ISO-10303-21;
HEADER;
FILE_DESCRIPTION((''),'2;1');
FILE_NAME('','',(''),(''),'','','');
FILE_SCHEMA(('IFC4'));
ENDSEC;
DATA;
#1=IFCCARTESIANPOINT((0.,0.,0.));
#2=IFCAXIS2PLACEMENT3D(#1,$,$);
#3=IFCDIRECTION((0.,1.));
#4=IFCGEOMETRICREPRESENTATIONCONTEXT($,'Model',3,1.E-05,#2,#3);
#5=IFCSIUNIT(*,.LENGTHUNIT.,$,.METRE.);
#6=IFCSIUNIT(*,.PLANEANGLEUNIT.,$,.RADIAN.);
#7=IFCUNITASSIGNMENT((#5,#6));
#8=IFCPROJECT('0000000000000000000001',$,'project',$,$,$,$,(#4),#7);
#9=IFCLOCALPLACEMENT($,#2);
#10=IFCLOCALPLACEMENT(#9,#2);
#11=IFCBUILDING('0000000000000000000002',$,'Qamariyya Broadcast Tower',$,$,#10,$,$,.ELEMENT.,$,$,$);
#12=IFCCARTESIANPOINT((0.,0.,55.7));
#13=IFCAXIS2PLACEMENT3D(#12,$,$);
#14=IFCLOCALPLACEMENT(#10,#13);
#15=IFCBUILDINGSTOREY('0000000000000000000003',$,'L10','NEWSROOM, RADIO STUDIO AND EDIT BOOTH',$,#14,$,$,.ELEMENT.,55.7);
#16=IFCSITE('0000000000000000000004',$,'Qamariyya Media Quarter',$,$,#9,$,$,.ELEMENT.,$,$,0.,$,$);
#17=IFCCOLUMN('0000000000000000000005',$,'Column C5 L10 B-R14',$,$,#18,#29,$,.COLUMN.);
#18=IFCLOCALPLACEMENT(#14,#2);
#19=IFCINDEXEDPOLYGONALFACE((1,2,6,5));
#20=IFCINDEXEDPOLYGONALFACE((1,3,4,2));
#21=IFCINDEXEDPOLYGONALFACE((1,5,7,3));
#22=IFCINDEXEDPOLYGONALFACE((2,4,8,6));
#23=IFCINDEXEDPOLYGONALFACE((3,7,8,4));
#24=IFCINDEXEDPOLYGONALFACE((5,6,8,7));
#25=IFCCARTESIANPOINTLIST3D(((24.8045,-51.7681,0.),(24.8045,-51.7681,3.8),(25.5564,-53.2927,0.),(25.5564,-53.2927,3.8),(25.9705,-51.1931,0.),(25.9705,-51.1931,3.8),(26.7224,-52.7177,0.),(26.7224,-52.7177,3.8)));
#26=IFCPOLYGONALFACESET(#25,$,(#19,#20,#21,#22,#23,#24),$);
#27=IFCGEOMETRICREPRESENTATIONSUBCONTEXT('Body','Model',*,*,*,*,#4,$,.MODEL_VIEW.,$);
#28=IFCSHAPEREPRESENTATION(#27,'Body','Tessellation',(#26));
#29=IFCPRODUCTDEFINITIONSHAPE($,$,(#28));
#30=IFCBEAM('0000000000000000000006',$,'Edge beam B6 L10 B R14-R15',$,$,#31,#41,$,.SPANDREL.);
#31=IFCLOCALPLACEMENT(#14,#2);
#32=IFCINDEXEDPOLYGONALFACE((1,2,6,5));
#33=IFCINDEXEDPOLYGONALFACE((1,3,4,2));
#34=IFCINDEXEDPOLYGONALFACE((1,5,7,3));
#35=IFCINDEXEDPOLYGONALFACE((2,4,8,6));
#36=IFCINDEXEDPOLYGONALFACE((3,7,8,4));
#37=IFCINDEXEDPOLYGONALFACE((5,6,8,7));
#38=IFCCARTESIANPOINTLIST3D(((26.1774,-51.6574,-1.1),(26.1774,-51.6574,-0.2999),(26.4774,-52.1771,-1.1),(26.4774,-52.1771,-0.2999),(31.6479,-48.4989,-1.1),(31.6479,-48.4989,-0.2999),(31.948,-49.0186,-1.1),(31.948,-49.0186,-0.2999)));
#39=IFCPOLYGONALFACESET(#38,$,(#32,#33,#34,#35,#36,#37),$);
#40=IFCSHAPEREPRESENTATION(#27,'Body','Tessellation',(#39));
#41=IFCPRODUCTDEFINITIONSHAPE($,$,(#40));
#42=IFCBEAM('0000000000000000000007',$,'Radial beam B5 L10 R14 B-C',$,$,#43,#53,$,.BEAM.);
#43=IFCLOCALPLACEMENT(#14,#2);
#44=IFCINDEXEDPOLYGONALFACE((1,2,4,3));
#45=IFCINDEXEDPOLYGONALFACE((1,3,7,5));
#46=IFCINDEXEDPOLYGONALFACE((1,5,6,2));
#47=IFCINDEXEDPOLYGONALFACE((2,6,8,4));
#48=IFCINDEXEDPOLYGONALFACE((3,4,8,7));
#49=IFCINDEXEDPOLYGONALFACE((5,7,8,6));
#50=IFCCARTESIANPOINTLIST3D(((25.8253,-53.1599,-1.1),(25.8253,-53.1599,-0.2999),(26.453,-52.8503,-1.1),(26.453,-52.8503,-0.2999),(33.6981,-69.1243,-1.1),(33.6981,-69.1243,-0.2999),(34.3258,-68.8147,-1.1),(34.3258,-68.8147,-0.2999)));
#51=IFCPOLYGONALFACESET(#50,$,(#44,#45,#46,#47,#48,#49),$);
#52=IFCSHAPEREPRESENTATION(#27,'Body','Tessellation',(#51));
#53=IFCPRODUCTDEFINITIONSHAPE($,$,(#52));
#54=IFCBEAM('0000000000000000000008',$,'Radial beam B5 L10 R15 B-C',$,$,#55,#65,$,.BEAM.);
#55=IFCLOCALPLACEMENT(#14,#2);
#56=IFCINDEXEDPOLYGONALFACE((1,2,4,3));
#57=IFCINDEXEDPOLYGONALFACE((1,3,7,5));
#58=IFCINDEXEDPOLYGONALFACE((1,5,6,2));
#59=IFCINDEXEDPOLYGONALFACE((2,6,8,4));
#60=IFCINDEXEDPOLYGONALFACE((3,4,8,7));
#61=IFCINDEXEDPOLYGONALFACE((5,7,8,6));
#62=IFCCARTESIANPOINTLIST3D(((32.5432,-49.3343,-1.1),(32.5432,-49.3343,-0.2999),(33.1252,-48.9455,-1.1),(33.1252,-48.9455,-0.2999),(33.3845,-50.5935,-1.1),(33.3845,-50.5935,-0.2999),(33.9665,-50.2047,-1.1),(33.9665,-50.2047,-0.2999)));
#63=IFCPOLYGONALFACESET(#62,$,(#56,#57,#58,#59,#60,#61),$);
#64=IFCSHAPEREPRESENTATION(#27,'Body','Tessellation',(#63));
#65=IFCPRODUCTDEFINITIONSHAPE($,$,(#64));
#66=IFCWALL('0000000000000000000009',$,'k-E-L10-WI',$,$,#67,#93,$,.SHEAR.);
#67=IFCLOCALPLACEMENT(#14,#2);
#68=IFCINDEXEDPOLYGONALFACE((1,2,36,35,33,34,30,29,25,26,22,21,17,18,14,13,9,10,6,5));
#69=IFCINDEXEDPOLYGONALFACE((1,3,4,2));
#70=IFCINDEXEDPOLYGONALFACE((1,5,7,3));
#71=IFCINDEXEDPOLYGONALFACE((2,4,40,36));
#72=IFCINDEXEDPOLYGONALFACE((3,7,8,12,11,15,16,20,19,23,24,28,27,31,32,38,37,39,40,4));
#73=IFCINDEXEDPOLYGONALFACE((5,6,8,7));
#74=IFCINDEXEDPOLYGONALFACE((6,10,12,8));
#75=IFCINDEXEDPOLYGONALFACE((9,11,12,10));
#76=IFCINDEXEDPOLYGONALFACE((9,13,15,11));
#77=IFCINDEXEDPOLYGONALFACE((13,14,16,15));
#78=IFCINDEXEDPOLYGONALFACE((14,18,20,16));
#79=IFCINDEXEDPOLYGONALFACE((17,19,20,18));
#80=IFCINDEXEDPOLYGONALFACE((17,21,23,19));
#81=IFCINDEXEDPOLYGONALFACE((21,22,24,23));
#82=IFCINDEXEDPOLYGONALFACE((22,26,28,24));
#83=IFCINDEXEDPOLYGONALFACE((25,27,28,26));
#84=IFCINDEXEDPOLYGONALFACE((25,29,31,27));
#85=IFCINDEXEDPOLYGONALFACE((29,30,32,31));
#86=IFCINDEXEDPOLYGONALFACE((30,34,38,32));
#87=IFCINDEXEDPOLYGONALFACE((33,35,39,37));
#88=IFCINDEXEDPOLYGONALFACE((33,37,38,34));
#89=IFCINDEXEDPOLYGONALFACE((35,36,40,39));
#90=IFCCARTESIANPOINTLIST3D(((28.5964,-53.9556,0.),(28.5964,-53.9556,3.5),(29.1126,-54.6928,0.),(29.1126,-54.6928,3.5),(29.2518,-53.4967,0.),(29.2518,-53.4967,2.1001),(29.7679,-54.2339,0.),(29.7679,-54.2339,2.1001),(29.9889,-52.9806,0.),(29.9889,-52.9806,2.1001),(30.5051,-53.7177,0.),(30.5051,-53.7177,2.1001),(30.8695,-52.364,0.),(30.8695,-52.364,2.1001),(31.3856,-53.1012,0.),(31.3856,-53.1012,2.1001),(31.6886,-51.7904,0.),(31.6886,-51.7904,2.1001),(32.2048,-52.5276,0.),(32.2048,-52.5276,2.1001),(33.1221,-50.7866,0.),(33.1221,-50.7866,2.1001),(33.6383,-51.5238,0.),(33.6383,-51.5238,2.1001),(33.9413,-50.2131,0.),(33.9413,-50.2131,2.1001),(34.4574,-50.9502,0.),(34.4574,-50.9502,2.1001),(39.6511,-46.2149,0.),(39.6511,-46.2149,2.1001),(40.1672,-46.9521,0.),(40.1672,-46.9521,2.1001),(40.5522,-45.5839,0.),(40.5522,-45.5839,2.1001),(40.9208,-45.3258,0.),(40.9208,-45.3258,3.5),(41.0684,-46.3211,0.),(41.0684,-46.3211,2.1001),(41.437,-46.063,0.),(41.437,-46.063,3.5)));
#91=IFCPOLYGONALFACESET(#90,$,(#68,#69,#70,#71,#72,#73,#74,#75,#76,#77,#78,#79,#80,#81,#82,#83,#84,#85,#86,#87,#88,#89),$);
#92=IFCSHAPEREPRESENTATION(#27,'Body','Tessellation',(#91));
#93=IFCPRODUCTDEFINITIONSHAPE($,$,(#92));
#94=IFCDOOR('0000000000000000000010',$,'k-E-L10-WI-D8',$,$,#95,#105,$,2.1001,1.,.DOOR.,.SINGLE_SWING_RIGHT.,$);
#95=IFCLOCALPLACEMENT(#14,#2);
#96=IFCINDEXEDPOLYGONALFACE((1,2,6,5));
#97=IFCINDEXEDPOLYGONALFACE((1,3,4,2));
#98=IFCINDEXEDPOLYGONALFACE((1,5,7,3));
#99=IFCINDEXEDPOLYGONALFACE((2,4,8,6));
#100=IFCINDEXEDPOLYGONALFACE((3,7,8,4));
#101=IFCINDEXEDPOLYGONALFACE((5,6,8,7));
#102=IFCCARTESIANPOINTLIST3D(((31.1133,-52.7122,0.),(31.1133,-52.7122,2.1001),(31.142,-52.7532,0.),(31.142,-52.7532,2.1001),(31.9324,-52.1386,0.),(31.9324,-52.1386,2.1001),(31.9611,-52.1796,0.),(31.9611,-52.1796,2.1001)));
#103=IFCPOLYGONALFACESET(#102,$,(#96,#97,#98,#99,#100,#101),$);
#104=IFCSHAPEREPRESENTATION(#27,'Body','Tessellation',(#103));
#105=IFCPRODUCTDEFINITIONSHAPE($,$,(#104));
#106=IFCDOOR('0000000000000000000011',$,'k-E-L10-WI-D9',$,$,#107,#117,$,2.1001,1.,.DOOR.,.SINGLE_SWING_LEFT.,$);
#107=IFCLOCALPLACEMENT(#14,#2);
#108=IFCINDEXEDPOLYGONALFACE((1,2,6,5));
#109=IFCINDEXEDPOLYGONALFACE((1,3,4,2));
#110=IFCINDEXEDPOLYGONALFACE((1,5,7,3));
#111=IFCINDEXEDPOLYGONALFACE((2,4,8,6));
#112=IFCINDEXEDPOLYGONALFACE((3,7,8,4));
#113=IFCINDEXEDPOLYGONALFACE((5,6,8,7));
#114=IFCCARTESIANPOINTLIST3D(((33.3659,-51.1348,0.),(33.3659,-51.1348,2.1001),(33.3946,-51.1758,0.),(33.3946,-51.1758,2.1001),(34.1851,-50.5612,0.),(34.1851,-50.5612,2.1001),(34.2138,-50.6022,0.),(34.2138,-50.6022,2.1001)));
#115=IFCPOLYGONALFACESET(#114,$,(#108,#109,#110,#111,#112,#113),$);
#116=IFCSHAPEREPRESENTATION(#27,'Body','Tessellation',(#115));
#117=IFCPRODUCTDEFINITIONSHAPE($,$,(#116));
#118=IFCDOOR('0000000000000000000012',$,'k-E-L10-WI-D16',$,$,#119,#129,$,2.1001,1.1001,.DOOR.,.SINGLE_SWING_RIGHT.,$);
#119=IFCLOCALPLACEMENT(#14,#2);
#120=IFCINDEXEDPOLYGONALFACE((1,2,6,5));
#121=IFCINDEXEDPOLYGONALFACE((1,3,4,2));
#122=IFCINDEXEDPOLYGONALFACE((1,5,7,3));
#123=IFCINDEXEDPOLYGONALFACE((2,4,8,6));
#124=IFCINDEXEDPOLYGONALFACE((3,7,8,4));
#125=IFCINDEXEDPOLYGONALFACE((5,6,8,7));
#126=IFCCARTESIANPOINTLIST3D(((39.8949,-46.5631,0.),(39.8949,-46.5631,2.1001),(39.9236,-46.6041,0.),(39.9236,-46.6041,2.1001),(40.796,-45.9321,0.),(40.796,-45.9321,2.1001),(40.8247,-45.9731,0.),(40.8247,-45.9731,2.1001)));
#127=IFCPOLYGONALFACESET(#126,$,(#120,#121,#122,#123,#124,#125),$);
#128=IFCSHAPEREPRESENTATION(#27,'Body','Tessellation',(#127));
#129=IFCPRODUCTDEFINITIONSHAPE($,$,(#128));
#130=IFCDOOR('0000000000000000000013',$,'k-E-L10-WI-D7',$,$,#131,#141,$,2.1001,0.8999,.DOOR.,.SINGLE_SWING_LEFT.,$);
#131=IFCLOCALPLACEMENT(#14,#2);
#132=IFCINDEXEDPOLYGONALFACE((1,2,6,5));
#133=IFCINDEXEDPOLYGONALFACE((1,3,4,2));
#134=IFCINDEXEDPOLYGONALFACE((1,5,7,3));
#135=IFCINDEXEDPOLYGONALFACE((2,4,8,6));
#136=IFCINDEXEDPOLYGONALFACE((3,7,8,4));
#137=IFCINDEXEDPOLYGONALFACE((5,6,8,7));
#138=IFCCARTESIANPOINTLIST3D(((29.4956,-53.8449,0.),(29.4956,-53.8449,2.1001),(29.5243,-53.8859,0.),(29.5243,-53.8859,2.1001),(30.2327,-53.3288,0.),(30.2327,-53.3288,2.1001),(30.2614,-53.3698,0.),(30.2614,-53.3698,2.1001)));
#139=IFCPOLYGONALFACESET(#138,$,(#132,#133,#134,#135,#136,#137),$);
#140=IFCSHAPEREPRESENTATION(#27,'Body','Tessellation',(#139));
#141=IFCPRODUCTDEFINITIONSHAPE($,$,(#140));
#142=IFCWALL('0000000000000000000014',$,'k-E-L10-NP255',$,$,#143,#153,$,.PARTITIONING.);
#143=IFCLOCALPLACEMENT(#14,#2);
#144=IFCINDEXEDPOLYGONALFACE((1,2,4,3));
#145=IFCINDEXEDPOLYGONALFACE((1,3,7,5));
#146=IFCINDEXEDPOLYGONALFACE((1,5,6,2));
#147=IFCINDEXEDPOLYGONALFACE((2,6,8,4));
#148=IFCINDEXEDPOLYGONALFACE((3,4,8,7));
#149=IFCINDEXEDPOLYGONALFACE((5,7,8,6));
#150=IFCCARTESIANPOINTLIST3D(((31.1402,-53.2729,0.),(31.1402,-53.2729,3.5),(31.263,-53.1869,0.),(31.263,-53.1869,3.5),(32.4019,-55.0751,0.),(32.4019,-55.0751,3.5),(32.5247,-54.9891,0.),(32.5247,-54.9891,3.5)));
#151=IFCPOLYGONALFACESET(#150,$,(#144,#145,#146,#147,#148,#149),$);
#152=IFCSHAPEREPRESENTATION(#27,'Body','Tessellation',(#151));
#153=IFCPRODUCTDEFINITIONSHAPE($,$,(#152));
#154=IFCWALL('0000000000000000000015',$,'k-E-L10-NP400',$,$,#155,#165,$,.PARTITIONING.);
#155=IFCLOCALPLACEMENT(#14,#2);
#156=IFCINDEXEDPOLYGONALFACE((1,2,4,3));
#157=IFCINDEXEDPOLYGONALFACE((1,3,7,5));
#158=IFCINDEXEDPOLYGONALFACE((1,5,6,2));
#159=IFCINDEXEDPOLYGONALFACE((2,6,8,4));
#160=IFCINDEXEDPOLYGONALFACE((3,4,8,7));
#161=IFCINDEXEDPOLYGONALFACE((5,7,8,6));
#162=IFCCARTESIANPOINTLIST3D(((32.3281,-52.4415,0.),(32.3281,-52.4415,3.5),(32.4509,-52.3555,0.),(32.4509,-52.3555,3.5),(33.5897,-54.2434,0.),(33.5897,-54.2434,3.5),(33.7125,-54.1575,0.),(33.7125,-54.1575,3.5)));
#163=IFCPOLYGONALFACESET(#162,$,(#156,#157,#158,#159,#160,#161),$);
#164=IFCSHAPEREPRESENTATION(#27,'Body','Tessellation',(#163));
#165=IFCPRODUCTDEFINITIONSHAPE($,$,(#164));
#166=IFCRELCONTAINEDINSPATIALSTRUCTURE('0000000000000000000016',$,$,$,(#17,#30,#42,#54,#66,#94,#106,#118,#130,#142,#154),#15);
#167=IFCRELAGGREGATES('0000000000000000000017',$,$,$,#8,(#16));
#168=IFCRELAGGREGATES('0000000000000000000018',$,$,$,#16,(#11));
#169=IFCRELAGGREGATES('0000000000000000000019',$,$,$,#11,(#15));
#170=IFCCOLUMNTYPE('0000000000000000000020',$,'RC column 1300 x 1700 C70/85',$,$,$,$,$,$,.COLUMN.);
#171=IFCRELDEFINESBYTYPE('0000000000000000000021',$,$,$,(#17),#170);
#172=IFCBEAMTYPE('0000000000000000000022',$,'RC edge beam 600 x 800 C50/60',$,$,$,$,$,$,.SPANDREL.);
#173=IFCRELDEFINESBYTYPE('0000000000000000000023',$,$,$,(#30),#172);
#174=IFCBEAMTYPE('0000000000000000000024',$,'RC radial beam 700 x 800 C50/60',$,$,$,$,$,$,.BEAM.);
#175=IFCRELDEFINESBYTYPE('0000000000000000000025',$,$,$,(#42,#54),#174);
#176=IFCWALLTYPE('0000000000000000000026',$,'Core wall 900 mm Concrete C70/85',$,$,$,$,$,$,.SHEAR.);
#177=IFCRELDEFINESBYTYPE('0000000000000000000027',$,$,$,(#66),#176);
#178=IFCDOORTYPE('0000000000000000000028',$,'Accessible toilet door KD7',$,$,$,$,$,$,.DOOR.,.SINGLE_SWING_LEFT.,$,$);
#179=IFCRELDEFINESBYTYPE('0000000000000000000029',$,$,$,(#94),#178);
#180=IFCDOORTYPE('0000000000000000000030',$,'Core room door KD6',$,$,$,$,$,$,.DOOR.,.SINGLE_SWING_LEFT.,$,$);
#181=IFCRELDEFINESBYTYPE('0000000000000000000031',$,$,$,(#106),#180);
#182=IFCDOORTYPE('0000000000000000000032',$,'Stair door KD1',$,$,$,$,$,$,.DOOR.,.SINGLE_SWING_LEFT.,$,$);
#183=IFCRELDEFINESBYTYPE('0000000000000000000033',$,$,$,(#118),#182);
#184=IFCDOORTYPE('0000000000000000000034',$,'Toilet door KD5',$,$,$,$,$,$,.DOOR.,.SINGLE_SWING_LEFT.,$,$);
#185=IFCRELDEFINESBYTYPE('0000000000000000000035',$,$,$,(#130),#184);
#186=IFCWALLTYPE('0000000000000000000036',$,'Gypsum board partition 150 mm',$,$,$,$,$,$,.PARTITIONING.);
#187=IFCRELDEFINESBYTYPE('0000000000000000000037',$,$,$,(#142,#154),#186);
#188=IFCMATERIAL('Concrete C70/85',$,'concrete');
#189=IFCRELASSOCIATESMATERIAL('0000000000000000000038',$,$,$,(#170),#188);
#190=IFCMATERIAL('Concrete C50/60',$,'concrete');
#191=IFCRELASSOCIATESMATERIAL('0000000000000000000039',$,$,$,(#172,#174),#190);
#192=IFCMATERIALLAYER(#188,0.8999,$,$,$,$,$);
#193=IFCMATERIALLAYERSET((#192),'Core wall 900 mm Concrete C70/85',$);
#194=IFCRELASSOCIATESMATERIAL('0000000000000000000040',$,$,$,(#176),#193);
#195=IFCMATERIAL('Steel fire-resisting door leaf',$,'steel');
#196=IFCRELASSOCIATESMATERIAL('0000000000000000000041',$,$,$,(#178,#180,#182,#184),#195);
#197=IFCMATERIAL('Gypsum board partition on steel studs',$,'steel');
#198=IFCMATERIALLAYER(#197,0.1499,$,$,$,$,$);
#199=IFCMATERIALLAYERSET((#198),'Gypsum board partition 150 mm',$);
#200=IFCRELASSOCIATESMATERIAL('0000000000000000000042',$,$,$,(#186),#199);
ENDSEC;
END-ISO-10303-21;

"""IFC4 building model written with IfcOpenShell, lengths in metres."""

from ifc_helpers import new_model, si_unit, direction, frame, frame_2d, origin, origin_2d, place, context, subcontext, project, spatial, rectangle, extrude, material, layer, layer_set, material_profile, profile_set, type_object, element, fill, save


model = new_model("IFC4")

# Units and contexts
model_context = context("Model", 3, precision=1e-05, world=origin(), true_north=direction((0.0, 1.0)))
body_context = subcontext(model_context, "Body", "Model", "MODEL_VIEW")
ifc_project = project(units=[si_unit("LENGTHUNIT", "METRE"), si_unit("PLANEANGLEUNIT", "RADIAN")], contexts=[model_context])

# Site, building, storey
site_placement = place(None, origin())
site = spatial("IfcSite", under=ifc_project, at=site_placement, Name="Qamariyya Media Quarter", CompositionType="ELEMENT", RefElevation=0.0)
building_placement = place(site_placement, origin())
building = spatial("IfcBuilding", under=site, at=building_placement, Name="Qamariyya Broadcast Tower", CompositionType="ELEMENT")
storey_placement = place(building_placement, frame((0.0, 0.0, 55.7)))
storey = spatial("IfcBuildingStorey", under=building, at=storey_placement, Name="L10", Description="NEWSROOM, RADIO STUDIO AND EDIT BOOTH", CompositionType="ELEMENT", Elevation=55.7)

# Column
ifc_material_1 = material(Name="Concrete C70/85", Category="concrete")
ifc_material_profile_1 = material_profile(ifc_material_1, rectangle(XDim=1.3, YDim=1.7, at=origin_2d()))
ifc_profile_set_1 = profile_set([ifc_material_profile_1], Name="Concrete C70/85")
column_type = type_object("IfcColumnType", Name="RC column 1300 x 1700 C70/85", PredefinedType="COLUMN", material=ifc_profile_set_1)
column_placement = place(storey_placement, frame((25.7634, -52.2429, 0.0), z_axis=(0.0, 0.0, 1.0), x_axis=(0.896873, 0.442289, 0.0)))
element("IfcColumn", 1, at=column_placement, inside=storey, type_object=column_type, Name="Column C5 L10 B-R14", PredefinedType="COLUMN", context=body_context, shape_type="SweptSolid", body=[
    extrude(rectangle(XDim=1.3, YDim=1.7, at=origin_2d()), origin(), (0.0, 0.0, 1.0), 3.8),
])

# Beams
ifc_material_2 = material(Name="Concrete C50/60", Category="concrete")
ifc_material_profile_2 = material_profile(ifc_material_2, rectangle(XDim=0.6001, YDim=0.8, at=origin_2d()))
ifc_profile_set_2 = profile_set([ifc_material_profile_2], Name="Concrete C50/60")
beam_type_1 = type_object("IfcBeamType", Name="RC edge beam 600 x 800 C50/60", PredefinedType="SPANDREL", material=ifc_profile_set_2)
beam_1_placement = place(storey_placement, frame((26.3274, -51.9172, -0.7), z_axis=(0.86602, 0.500009, 0.0), x_axis=(-0.500009, 0.86602, 0.0)))
element("IfcBeam", 2, at=beam_1_placement, inside=storey, type_object=beam_type_1, Name="Edge beam B6 L10 B R14-R15", PredefinedType="SPANDREL", context=body_context, shape_type="SweptSolid", body=[
    extrude(rectangle(XDim=0.6001, YDim=0.8, at=origin_2d()), origin(), (0.0, 0.0, 1.0), 6.3169),
])
ifc_material_profile_3 = material_profile(ifc_material_2, rectangle(XDim=0.7, YDim=0.8, at=origin_2d()))
ifc_profile_set_3 = profile_set([ifc_material_profile_3], Name="Concrete C50/60")
beam_type_2 = type_object("IfcBeamType", Name="RC radial beam 700 x 800 C50/60", PredefinedType="BEAM", material=ifc_profile_set_3)
beam_2_placement = place(storey_placement, frame((26.1392, -53.0051, -0.7), z_axis=(0.442291, -0.896872, 0.0), x_axis=(0.896872, 0.442291, 0.0)))
element("IfcBeam", 3, at=beam_2_placement, inside=storey, type_object=beam_type_2, Name="Radial beam B5 L10 R14 B-C", PredefinedType="BEAM", context=body_context, shape_type="SweptSolid", body=[
    extrude(rectangle(XDim=0.7, YDim=0.8, at=origin_2d()), origin(), (0.0, 0.0, 1.0), 17.8),
])
beam_3_placement = place(storey_placement, frame((32.8342, -49.1399, -0.7), z_axis=(0.555518, -0.831504, 0.0), x_axis=(0.831504, 0.555518, 0.0)))
element("IfcBeam", 4, at=beam_3_placement, inside=storey, type_object=beam_type_2, Name="Radial beam B5 L10 R15 B-C", PredefinedType="BEAM", context=body_context, shape_type="SweptSolid", body=[
    extrude(rectangle(XDim=0.7, YDim=0.8, at=origin_2d()), origin(), (0.0, 0.0, 1.0), 1.5144),
])

# Wall, openings, doors
ifc_layer_1 = layer(ifc_material_1, 0.8999)
ifc_layer_set_1 = layer_set([ifc_layer_1], Name="Core wall 900 mm Concrete C70/85")
wall_type_1 = type_object("IfcWallType", Name="Core wall 900 mm Concrete C70/85", PredefinedType="SHEAR", material=ifc_layer_set_1)
wall_1_placement = place(storey_placement, frame((28.8545, -54.3242, 0.0), z_axis=(0.0, 0.0, 1.0), x_axis=(0.819146, 0.573585, 0.0)))
wall_1 = element("IfcWall", 5, at=wall_1_placement, inside=storey, type_object=wall_type_1, Name="k-E-L10-WI", PredefinedType="SHEAR", context=body_context, shape_type="SweptSolid", body=[
    extrude(rectangle(XDim=15.0454, YDim=0.8999, at=frame_2d((7.5227, 0.0))), origin(), (0.0, 0.0, 1.0), 3.5),
])
opening_1_placement = place(wall_1_placement, frame((0.8, 0.0, 0.0)))
opening_1 = element("IfcOpeningElement", 6, at=opening_1_placement, cuts=wall_1, PredefinedType="OPENING", context=body_context, shape_type="SweptSolid", body=[
    extrude(rectangle(XDim=0.8999, YDim=2.1001, at=frame_2d((0.45, 1.05))), frame((0.0, 0.46, 0.0), z_axis=(0.0, -1.0, 0.0), x_axis=(1.0, 0.0, 0.0)), (0.0, 0.0, 1.0), 0.9199),
])
opening_2_placement = place(wall_1_placement, frame((2.7749, 0.0, 0.0)))
opening_2 = element("IfcOpeningElement", 7, at=opening_2_placement, cuts=wall_1, PredefinedType="OPENING", context=body_context, shape_type="SweptSolid", body=[
    extrude(rectangle(XDim=1.0, YDim=2.1001, at=frame_2d((0.5, 1.05))), frame((0.0, 0.46, 0.0), z_axis=(0.0, -1.0, 0.0), x_axis=(1.0, 0.0, 0.0)), (0.0, 0.0, 1.0), 0.9199),
])
opening_3_placement = place(wall_1_placement, frame((5.5249, 0.0, 0.0)))
opening_3 = element("IfcOpeningElement", 8, at=opening_3_placement, cuts=wall_1, PredefinedType="OPENING", context=body_context, shape_type="SweptSolid", body=[
    extrude(rectangle(XDim=1.0, YDim=2.1001, at=frame_2d((0.5, 1.05))), frame((0.0, 0.46, 0.0), z_axis=(0.0, -1.0, 0.0), x_axis=(1.0, 0.0, 0.0)), (0.0, 0.0, 1.0), 0.9199),
])
opening_4_placement = place(wall_1_placement, frame((13.4954, 0.0, 0.0)))
opening_4 = element("IfcOpeningElement", 9, at=opening_4_placement, cuts=wall_1, PredefinedType="OPENING", context=body_context, shape_type="SweptSolid", body=[
    extrude(rectangle(XDim=1.1001, YDim=2.1001, at=frame_2d((0.55, 1.05))), frame((0.0, 0.46, 0.0), z_axis=(0.0, -1.0, 0.0), x_axis=(1.0, 0.0, 0.0)), (0.0, 0.0, 1.0), 0.9199),
])
ifc_material_3 = material(Name="Steel fire-resisting door leaf", Category="steel")
door_type_1 = type_object("IfcDoorType", Name="Accessible toilet door KD7", OperationType="SINGLE_SWING_LEFT", PredefinedType="DOOR", material=ifc_material_3)
door_1_placement = place(opening_2_placement, origin())
door_1 = element("IfcDoor", 10, at=door_1_placement, inside=storey, type_object=door_type_1, Name="k-E-L10-WI-D8", OperationType="SINGLE_SWING_RIGHT", OverallHeight=2.1001, OverallWidth=1.0, PredefinedType="DOOR", context=body_context, shape_type="SweptSolid", body=[
    extrude(rectangle(XDim=1.0, YDim=2.1001, at=frame_2d((0.5, 1.05))), frame((0.0, 0.0249, 0.0), z_axis=(0.0, -1.0, 0.0), x_axis=(1.0, 0.0, 0.0)), (0.0, 0.0, 1.0), 0.05),
])
fill(opening_2, door_1)
door_type_2 = type_object("IfcDoorType", Name="Core room door KD6", OperationType="SINGLE_SWING_LEFT", PredefinedType="DOOR", material=ifc_material_3)
door_2_placement = place(opening_3_placement, origin())
door_2 = element("IfcDoor", 11, at=door_2_placement, inside=storey, type_object=door_type_2, Name="k-E-L10-WI-D9", OperationType="SINGLE_SWING_LEFT", OverallHeight=2.1001, OverallWidth=1.0, PredefinedType="DOOR", context=body_context, shape_type="SweptSolid", body=[
    extrude(rectangle(XDim=1.0, YDim=2.1001, at=frame_2d((0.5, 1.05))), frame((0.0, 0.0249, 0.0), z_axis=(0.0, -1.0, 0.0), x_axis=(1.0, 0.0, 0.0)), (0.0, 0.0, 1.0), 0.05),
])
fill(opening_3, door_2)
door_type_3 = type_object("IfcDoorType", Name="Stair door KD1", OperationType="SINGLE_SWING_LEFT", PredefinedType="DOOR", material=ifc_material_3)
door_3_placement = place(opening_4_placement, origin())
door_3 = element("IfcDoor", 12, at=door_3_placement, inside=storey, type_object=door_type_3, Name="k-E-L10-WI-D16", OperationType="SINGLE_SWING_RIGHT", OverallHeight=2.1001, OverallWidth=1.1001, PredefinedType="DOOR", context=body_context, shape_type="SweptSolid", body=[
    extrude(rectangle(XDim=1.1001, YDim=2.1001, at=frame_2d((0.55, 1.05))), frame((0.0, 0.0249, 0.0), z_axis=(0.0, -1.0, 0.0), x_axis=(1.0, 0.0, 0.0)), (0.0, 0.0, 1.0), 0.05),
])
fill(opening_4, door_3)
door_type_4 = type_object("IfcDoorType", Name="Toilet door KD5", OperationType="SINGLE_SWING_LEFT", PredefinedType="DOOR", material=ifc_material_3)
door_4_placement = place(opening_1_placement, origin())
door_4 = element("IfcDoor", 13, at=door_4_placement, inside=storey, type_object=door_type_4, Name="k-E-L10-WI-D7", OperationType="SINGLE_SWING_LEFT", OverallHeight=2.1001, OverallWidth=0.8999, PredefinedType="DOOR", context=body_context, shape_type="SweptSolid", body=[
    extrude(rectangle(XDim=0.8999, YDim=2.1001, at=frame_2d((0.45, 1.05))), frame((0.0, 0.0249, 0.0), z_axis=(0.0, -1.0, 0.0), x_axis=(1.0, 0.0, 0.0)), (0.0, 0.0, 1.0), 0.05),
])
fill(opening_1, door_4)

# Walls
ifc_material_4 = material(Name="Gypsum board partition on steel studs", Category="steel")
ifc_layer_2 = layer(ifc_material_4, 0.1499)
ifc_layer_set_2 = layer_set([ifc_layer_2], Name="Gypsum board partition 150 mm")
wall_type_2 = type_object("IfcWallType", Name="Gypsum board partition 150 mm", PredefinedType="PARTITIONING", material=ifc_layer_set_2)
wall_2_placement = place(storey_placement, frame((32.4634, -55.0322, 0.0), z_axis=(0.0, 0.0, 1.0), x_axis=(-0.573507, 0.819201, 0.0)))
element("IfcWall", 14, at=wall_2_placement, inside=storey, type_object=wall_type_2, Name="k-E-L10-NP255", PredefinedType="PARTITIONING", context=body_context, shape_type="SweptSolid", body=[
    extrude(rectangle(XDim=2.2, YDim=0.1499, at=frame_2d((1.1001, 0.0))), origin(), (0.0, 0.0, 1.0), 3.5),
])
wall_3_placement = place(storey_placement, frame((33.6511, -54.2004, 0.0), z_axis=(0.0, 0.0, 1.0), x_axis=(-0.573559, 0.819164, 0.0)))
element("IfcWall", 15, at=wall_3_placement, inside=storey, type_object=wall_type_2, Name="k-E-L10-NP400", PredefinedType="PARTITIONING", context=body_context, shape_type="SweptSolid", body=[
    extrude(rectangle(XDim=2.1997, YDim=0.1499, at=frame_2d((1.0999, 0.0))), origin(), (0.0, 0.0, 1.0), 3.5),
])

save(model, "model.ifc")
